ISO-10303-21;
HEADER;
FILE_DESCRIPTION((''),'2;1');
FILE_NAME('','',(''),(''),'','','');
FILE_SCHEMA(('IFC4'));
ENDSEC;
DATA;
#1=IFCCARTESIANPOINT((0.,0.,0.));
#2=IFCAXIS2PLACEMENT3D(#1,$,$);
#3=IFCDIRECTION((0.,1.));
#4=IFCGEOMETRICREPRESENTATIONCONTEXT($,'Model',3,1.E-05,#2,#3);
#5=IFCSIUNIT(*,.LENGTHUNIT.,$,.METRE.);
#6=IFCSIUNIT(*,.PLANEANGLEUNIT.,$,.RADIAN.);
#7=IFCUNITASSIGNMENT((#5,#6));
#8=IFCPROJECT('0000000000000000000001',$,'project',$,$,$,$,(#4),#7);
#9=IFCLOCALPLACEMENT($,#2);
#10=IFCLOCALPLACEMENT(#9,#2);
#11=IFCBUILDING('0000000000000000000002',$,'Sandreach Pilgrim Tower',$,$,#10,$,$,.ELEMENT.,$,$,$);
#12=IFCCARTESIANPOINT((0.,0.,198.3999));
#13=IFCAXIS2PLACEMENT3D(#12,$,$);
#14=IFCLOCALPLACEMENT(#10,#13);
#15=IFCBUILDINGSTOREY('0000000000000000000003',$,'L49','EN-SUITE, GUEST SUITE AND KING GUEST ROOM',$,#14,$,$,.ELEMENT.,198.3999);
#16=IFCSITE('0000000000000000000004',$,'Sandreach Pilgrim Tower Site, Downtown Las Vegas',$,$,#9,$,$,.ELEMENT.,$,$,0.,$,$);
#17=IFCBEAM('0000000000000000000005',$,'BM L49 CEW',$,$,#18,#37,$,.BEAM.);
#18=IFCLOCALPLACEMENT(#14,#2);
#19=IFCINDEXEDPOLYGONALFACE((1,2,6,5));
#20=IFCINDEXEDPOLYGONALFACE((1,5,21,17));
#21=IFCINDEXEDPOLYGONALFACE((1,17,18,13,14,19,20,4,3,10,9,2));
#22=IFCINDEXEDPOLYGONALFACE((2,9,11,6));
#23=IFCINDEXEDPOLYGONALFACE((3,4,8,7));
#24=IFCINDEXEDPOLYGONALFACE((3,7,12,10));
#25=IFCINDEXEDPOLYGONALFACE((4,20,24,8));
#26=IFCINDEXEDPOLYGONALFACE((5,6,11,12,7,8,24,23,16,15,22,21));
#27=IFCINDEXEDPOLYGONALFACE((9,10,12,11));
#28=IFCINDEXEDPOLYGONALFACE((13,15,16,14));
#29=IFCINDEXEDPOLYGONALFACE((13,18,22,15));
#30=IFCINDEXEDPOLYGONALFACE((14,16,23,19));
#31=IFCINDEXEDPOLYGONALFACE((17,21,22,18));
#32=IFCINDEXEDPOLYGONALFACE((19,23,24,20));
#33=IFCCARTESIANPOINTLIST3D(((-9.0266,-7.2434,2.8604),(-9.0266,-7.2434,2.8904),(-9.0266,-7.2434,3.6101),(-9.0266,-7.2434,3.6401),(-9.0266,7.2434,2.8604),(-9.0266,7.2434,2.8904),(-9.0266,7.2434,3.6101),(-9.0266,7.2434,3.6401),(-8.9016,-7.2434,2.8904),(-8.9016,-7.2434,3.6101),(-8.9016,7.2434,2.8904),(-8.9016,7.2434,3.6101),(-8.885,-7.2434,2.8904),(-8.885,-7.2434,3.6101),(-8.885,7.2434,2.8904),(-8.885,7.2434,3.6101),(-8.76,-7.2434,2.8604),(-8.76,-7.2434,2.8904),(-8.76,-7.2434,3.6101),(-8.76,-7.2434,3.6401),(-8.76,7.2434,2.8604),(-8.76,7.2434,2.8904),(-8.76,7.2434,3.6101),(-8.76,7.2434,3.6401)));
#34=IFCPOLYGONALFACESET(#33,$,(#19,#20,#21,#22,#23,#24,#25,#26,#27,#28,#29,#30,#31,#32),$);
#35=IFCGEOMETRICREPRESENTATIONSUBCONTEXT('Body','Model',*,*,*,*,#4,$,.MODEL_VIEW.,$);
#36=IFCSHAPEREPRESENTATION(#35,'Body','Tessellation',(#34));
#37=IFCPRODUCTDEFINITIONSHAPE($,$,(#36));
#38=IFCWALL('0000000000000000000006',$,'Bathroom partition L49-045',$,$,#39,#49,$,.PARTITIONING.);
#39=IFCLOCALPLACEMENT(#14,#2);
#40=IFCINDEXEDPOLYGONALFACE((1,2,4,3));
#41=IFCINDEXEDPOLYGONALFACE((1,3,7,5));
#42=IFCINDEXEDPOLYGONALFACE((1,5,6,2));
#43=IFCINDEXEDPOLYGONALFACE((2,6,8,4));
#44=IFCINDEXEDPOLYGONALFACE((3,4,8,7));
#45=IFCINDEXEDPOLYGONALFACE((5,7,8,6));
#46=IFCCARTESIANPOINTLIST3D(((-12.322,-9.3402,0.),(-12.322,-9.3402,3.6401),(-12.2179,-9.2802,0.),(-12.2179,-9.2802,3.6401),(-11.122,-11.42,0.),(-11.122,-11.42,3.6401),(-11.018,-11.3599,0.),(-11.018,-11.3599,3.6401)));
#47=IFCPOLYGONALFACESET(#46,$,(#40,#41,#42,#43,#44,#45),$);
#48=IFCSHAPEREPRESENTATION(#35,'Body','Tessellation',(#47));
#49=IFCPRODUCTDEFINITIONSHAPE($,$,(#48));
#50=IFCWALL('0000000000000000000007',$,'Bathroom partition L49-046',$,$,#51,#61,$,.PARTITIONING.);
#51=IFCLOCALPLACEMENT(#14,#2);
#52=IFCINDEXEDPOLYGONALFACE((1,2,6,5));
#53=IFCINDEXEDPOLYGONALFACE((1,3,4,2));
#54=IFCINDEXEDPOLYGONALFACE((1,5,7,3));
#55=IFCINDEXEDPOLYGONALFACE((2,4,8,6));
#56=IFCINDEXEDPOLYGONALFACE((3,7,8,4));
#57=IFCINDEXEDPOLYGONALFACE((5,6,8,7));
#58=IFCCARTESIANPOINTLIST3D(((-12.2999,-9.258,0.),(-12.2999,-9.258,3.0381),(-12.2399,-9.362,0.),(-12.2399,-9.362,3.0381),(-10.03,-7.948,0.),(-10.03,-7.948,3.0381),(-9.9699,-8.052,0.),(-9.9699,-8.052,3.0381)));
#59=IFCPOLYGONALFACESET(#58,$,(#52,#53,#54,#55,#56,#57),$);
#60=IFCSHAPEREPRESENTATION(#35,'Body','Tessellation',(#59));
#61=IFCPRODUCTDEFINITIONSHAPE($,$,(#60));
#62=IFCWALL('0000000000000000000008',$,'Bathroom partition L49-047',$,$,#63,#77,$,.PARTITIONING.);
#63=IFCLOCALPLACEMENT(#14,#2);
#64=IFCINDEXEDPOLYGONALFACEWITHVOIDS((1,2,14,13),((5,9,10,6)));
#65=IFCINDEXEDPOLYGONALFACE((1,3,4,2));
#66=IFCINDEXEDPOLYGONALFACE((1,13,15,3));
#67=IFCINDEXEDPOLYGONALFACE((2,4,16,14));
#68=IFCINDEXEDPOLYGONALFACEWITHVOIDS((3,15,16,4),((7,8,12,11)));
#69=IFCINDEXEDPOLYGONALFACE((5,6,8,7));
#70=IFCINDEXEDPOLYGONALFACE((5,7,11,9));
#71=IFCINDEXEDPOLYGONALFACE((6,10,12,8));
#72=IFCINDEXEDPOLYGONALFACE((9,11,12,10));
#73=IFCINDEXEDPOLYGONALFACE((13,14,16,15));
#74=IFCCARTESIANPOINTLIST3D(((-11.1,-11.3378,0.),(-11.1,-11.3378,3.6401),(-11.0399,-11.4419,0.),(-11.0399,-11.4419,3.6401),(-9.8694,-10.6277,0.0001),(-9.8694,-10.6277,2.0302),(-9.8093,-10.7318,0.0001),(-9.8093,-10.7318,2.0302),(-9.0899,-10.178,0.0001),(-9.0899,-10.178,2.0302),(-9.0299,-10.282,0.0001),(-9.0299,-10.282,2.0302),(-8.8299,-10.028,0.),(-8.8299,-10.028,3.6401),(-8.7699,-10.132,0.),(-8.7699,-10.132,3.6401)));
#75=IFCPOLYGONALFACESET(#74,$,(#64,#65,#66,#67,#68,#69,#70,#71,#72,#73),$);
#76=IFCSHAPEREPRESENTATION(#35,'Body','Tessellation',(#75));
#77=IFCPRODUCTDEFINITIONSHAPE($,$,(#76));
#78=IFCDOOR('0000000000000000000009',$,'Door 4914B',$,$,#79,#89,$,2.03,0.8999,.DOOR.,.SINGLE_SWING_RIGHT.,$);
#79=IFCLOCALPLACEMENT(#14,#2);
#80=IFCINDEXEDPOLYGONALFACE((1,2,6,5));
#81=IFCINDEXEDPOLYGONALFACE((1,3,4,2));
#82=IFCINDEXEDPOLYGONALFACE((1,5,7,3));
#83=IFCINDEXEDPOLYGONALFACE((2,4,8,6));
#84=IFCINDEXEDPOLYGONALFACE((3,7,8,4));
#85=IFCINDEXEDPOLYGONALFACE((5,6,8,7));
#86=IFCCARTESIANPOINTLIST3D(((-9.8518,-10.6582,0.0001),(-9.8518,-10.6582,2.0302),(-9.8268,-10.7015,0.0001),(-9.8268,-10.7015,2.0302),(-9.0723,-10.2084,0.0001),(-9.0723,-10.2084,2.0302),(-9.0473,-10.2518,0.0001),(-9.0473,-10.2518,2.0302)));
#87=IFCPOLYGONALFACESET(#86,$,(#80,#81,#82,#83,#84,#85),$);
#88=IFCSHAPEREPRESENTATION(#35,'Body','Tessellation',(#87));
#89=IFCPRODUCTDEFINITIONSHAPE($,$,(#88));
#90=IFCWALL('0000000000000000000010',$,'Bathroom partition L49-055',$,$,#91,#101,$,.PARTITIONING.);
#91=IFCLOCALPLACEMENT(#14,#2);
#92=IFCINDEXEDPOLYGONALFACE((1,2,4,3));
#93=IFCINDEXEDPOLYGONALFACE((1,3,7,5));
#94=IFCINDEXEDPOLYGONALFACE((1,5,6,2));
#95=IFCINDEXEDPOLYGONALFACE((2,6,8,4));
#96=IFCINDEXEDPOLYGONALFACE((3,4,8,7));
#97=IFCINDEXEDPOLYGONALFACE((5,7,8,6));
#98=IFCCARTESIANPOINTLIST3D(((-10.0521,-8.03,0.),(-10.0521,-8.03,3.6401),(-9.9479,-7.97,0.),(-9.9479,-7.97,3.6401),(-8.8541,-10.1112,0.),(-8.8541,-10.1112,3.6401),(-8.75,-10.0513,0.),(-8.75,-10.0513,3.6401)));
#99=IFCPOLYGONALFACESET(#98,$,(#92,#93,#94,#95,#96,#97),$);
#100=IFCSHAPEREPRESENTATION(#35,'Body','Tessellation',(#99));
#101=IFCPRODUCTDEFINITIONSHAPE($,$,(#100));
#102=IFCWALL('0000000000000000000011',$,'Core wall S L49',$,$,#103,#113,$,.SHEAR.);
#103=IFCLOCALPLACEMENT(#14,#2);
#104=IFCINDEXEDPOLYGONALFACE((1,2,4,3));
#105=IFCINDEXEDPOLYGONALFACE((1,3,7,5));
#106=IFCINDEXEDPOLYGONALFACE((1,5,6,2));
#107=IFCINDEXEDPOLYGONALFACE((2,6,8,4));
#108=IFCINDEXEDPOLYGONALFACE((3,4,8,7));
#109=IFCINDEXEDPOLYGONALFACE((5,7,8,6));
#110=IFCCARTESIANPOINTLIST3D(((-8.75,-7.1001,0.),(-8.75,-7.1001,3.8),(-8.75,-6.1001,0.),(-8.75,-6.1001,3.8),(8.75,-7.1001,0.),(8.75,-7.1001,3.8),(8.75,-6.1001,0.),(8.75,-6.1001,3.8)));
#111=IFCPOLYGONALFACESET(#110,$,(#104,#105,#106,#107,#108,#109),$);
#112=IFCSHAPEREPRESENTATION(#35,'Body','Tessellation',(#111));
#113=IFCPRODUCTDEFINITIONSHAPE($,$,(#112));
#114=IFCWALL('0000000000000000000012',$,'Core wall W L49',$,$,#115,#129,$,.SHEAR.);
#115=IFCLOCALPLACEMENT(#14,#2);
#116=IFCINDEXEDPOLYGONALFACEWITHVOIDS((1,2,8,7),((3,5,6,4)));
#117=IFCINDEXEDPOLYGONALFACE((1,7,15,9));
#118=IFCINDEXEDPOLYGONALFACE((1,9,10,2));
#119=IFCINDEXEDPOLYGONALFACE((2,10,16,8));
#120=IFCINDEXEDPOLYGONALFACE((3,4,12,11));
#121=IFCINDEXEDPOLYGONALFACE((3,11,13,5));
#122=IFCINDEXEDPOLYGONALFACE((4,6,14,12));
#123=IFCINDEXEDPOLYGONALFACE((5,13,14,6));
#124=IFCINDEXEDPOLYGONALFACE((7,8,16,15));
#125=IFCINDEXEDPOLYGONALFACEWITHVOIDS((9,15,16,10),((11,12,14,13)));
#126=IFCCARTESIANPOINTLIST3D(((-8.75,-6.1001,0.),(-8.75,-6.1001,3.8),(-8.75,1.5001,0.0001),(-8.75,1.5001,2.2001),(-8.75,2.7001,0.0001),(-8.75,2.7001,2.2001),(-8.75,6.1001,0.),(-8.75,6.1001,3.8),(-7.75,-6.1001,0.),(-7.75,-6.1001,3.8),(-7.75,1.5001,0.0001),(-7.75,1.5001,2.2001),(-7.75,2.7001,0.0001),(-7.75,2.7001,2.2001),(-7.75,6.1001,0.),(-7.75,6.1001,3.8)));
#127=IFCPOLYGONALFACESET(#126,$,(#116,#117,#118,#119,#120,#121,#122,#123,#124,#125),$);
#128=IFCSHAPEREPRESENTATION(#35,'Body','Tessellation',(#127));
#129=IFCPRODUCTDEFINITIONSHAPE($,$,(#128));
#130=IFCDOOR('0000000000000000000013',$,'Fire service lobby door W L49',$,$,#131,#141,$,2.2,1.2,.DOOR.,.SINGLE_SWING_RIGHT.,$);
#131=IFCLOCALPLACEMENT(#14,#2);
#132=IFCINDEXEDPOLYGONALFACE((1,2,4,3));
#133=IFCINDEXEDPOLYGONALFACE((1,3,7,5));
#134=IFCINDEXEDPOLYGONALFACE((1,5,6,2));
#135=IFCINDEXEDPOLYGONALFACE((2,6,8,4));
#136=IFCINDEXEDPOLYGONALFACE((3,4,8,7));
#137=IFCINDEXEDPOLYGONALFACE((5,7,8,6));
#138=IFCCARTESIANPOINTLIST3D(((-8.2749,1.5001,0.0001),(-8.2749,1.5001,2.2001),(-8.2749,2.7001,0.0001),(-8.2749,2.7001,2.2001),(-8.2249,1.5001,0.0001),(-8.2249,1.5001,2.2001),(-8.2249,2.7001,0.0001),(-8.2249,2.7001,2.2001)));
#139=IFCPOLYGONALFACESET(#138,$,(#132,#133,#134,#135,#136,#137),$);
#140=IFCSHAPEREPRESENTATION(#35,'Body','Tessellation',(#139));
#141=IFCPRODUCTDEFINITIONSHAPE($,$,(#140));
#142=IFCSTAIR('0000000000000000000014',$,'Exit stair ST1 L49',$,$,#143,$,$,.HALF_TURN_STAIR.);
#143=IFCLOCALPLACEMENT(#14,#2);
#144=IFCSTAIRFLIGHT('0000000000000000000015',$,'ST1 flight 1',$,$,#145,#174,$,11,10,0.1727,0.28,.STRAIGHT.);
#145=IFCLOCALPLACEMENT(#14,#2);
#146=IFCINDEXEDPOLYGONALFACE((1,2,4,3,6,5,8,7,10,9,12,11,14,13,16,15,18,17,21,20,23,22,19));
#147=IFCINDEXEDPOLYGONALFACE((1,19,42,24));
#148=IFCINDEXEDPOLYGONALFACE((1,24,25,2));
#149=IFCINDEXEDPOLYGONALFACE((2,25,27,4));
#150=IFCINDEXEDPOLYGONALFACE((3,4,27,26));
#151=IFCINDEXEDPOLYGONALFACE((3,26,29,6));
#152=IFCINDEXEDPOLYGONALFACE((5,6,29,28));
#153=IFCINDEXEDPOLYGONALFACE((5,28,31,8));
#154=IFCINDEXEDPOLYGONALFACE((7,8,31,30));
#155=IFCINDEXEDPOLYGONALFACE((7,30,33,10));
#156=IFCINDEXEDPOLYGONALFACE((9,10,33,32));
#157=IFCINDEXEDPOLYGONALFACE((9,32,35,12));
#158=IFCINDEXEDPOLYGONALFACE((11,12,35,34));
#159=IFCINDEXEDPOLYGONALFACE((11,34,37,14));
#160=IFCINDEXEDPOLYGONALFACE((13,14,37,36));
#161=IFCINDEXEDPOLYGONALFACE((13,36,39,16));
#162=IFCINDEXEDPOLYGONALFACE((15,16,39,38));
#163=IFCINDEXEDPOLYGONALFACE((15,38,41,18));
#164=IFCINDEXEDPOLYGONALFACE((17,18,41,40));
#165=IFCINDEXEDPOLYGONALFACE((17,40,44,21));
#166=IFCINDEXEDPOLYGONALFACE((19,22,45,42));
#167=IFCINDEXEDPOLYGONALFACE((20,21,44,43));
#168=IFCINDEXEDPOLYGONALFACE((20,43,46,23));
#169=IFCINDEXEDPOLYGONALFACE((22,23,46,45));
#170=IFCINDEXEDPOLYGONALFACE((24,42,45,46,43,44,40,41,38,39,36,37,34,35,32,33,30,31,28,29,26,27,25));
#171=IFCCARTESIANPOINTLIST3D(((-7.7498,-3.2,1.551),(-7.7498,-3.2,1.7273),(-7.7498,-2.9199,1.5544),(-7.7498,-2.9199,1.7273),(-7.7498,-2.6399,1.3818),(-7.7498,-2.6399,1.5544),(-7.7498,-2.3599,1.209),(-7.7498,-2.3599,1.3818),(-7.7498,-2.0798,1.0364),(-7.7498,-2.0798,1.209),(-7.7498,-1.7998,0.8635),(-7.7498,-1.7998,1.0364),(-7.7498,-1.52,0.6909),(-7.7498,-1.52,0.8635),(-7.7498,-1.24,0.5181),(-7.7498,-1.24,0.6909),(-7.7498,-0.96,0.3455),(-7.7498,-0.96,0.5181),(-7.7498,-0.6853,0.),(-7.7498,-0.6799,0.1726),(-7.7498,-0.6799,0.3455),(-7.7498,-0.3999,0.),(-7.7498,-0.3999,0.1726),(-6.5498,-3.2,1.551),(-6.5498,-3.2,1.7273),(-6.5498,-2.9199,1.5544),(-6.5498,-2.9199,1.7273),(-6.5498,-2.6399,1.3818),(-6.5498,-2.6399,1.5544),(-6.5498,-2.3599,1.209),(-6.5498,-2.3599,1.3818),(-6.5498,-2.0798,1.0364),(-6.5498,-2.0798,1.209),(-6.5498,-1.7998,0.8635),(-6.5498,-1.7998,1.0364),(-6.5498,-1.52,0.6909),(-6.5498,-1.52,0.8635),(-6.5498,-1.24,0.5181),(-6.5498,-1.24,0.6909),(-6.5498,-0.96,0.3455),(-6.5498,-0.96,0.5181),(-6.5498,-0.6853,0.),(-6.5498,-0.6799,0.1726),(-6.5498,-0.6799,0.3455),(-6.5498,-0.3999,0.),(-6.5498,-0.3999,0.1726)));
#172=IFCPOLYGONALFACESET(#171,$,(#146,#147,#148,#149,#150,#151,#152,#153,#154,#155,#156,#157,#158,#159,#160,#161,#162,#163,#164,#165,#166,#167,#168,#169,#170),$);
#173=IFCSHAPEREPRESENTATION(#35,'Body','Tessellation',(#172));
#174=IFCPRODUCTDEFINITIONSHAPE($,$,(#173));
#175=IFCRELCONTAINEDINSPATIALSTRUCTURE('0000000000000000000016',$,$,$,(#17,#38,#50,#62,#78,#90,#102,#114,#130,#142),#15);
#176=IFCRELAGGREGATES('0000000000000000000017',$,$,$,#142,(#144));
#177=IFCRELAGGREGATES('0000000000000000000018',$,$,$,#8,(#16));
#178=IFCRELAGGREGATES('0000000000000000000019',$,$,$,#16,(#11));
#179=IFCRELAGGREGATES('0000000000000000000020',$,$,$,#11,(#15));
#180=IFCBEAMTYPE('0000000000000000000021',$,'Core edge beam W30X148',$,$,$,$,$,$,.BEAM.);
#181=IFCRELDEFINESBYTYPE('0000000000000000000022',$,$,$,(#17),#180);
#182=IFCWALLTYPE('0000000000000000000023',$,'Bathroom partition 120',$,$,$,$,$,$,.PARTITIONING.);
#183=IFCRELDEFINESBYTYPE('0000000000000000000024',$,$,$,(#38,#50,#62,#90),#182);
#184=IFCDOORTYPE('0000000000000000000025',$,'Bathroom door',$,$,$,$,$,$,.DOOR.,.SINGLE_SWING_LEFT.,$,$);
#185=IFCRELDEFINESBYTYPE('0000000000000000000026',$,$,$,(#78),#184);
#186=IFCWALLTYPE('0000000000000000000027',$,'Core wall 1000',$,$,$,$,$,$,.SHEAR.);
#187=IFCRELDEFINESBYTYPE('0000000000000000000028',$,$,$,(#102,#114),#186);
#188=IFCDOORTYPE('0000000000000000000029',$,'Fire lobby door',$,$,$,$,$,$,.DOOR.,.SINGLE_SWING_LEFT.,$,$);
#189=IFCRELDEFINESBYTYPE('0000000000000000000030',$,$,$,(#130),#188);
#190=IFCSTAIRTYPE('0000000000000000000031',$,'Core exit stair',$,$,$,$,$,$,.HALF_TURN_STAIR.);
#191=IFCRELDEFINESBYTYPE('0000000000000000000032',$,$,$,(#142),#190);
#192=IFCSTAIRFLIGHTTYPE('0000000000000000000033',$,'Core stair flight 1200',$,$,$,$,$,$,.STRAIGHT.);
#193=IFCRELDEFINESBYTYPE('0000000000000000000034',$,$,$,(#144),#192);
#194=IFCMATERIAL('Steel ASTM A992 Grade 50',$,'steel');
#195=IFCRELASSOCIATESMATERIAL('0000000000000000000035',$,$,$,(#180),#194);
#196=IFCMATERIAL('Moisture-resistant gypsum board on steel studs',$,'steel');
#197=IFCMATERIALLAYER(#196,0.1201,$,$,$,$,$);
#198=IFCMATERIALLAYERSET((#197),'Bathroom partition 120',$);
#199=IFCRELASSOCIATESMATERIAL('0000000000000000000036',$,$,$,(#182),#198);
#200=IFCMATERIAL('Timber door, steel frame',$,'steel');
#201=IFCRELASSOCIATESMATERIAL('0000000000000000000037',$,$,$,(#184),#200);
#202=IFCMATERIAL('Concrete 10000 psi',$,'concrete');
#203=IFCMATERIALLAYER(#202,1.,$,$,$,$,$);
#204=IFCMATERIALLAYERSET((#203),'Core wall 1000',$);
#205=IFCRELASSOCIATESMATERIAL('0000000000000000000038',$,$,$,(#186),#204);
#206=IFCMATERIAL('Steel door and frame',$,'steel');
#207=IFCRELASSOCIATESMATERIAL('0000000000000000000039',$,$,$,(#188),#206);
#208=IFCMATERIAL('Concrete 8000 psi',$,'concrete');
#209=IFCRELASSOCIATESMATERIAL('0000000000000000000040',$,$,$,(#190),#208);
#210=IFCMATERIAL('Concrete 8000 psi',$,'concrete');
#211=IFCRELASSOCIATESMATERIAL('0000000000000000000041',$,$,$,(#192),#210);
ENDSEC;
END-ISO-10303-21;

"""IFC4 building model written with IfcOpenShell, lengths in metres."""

from ifc_helpers import new_model, si_unit, direction, frame, frame_2d, origin, origin_2d, place, context, subcontext, project, spatial, polyline, rectangle, i_section, outline, extrude, material, layer, layer_set, material_profile, profile_set, type_object, element, fill, aggregate, save


model = new_model("IFC4")

# Units and contexts
model_context = context("Model", 3, precision=1e-05, world=origin(), true_north=direction((0.0, 1.0)))
body_context = subcontext(model_context, "Body", "Model", "MODEL_VIEW")
ifc_project = project(units=[si_unit("LENGTHUNIT", "METRE"), si_unit("PLANEANGLEUNIT", "RADIAN")], contexts=[model_context])

# Site, building, storey
site_placement = place(None, origin())
site = spatial("IfcSite", under=ifc_project, at=site_placement, Name="Sandreach Pilgrim Tower Site, Downtown Las Vegas", CompositionType="ELEMENT", RefElevation=0.0)
building_placement = place(site_placement, origin())
building = spatial("IfcBuilding", under=site, at=building_placement, Name="Sandreach Pilgrim Tower", CompositionType="ELEMENT")
storey_placement = place(building_placement, frame((0.0, 0.0, 198.3999)))
storey = spatial("IfcBuildingStorey", under=building, at=storey_placement, Name="L49", Description="EN-SUITE, GUEST SUITE AND KING GUEST ROOM", CompositionType="ELEMENT", Elevation=198.3999)

# Beam
ifc_material_1 = material(Name="Steel ASTM A992 Grade 50", Category="steel")
ifc_material_profile = material_profile(ifc_material_1, i_section(OverallWidth=0.2666, OverallDepth=0.7798, WebThickness=0.0166, FlangeThickness=0.03, at=origin_2d()), Name="W30X148")
ifc_profile_set = profile_set([ifc_material_profile], Name="Steel ASTM A992 Grade 50")
beam_type = type_object("IfcBeamType", Name="Core edge beam W30X148", PredefinedType="BEAM", material=ifc_profile_set)
beam_placement = place(storey_placement, frame((-8.8933, -7.2434, 3.2502), z_axis=(0.0, 1.0, 0.0), x_axis=(-1.0, 0.0, 0.0)))
element("IfcBeam", 1, at=beam_placement, inside=storey, type_object=beam_type, Name="BM L49 CEW", PredefinedType="BEAM", context=body_context, shape_type="SweptSolid", body=[
    extrude(i_section(OverallWidth=0.2666, OverallDepth=0.7798, WebThickness=0.0166, FlangeThickness=0.03, at=origin_2d()), origin(), (0.0, 0.0, 1.0), 14.4868),
])

# Walls
ifc_material_2 = material(Name="Moisture-resistant gypsum board on steel studs", Category="steel")
ifc_layer_1 = layer(ifc_material_2, 0.1201)
ifc_layer_set_1 = layer_set([ifc_layer_1], Name="Bathroom partition 120")
wall_type_1 = type_object("IfcWallType", Name="Bathroom partition 120", PredefinedType="PARTITIONING", material=ifc_layer_set_1)
wall_1_placement = place(storey_placement, frame((-12.27, -9.3101, 0.0), z_axis=(0.0, 0.0, 1.0), x_axis=(0.499737, -0.866177, 0.0)))
element("IfcWall", 2, at=wall_1_placement, inside=storey, type_object=wall_type_1, Name="Bathroom partition L49-045", PredefinedType="PARTITIONING", context=body_context, shape_type="SweptSolid", body=[
    extrude(rectangle(XDim=2.4011, YDim=0.1201, at=frame_2d((1.2007, 0.0))), origin(), (0.0, 0.0, 1.0), 3.6401),
])
wall_2_placement = place(storey_placement, frame((-12.27, -9.3101, 0.0), z_axis=(0.0, 0.0, 1.0), x_axis=(0.866114, 0.499846, 0.0)))
element("IfcWall", 3, at=wall_2_placement, inside=storey, type_object=wall_type_1, Name="Bathroom partition L49-046", PredefinedType="PARTITIONING", context=body_context, shape_type="SweptSolid", body=[
    extrude(rectangle(XDim=2.6208, YDim=0.1201, at=frame_2d((1.3105, 0.0))), origin(), (0.0, 0.0, 1.0), 3.0381),
])

# Wall, opening, door
wall_3_placement = place(storey_placement, frame((-11.0701, -11.3899, 0.0), z_axis=(0.0, 0.0, 1.0), x_axis=(0.866155, 0.499776, 0.0)))
wall_3 = element("IfcWall", 4, at=wall_3_placement, inside=storey, type_object=wall_type_1, Name="Bathroom partition L49-047", PredefinedType="PARTITIONING", context=body_context, shape_type="SweptSolid", body=[
    extrude(rectangle(XDim=2.6208, YDim=0.1201, at=frame_2d((1.3105, 0.0))), origin(), (0.0, 0.0, 1.0), 3.6401),
])
opening_1_placement = place(wall_3_placement, frame((1.4209, 0.0, 0.0)))
opening_1 = element("IfcOpeningElement", 5, at=opening_1_placement, cuts=wall_3, PredefinedType="OPENING", context=body_context, shape_type="SweptSolid", body=[
    extrude(rectangle(XDim=0.8999, YDim=2.03, at=frame_2d((0.45, 1.0151))), frame((0.0, 0.0601, 0.0), z_axis=(0.0, -1.0, 0.0), x_axis=(1.0, 0.0, 0.0)), (0.0, 0.0, 1.0), 0.1201),
])
ifc_material_3 = material(Name="Timber door, steel frame", Category="steel")
door_type_1 = type_object("IfcDoorType", Name="Bathroom door", OperationType="SINGLE_SWING_LEFT", PredefinedType="DOOR", material=ifc_material_3)
door_1_placement = place(opening_1_placement, origin())
door_1 = element("IfcDoor", 6, at=door_1_placement, inside=storey, type_object=door_type_1, Name="Door 4914B", OperationType="SINGLE_SWING_RIGHT", OverallHeight=2.03, OverallWidth=0.8999, PredefinedType="DOOR", context=body_context, shape_type="SweptSolid", body=[
    extrude(rectangle(XDim=0.8999, YDim=2.03, at=frame_2d((0.45, 1.0151))), frame((0.0, 0.0249, 0.0), z_axis=(0.0, -1.0, 0.0), x_axis=(1.0, 0.0, 0.0)), (0.0, 0.0, 1.0), 0.05),
])
fill(opening_1, door_1)

# Wall
wall_4_placement = place(storey_placement, frame((-10.0, -8.0, 0.0), z_axis=(0.0, 0.0, 1.0), x_axis=(0.498863, -0.866681, 0.0)))
element("IfcWall", 7, at=wall_4_placement, inside=storey, type_object=wall_type_1, Name="Bathroom partition L49-055", PredefinedType="PARTITIONING", context=body_context, shape_type="SweptSolid", body=[
    extrude(rectangle(XDim=2.4014, YDim=0.1201, at=frame_2d((1.2007, 0.0))), origin(), (0.0, 0.0, 1.0), 3.6401),
])

# Wall
ifc_material_4 = material(Name="Concrete 10000 psi", Category="concrete")
ifc_layer_2 = layer(ifc_material_4, 1.0)
ifc_layer_set_2 = layer_set([ifc_layer_2], Name="Core wall 1000")
wall_type_2 = type_object("IfcWallType", Name="Core wall 1000", PredefinedType="SHEAR", material=ifc_layer_set_2)
wall_5_placement = place(storey_placement, frame((-8.75, -6.6001, 0.0), z_axis=(0.0, 0.0, 1.0), x_axis=(1.0, 0.0, 0.0)))
element("IfcWall", 8, at=wall_5_placement, inside=storey, type_object=wall_type_2, Name="Core wall S L49", PredefinedType="SHEAR", context=body_context, shape_type="SweptSolid", body=[
    extrude(rectangle(XDim=17.5, YDim=1.0, at=frame_2d((8.75, 0.0))), origin(), (0.0, 0.0, 1.0), 3.8),
])

# Wall, opening, door
wall_6_placement = place(storey_placement, frame((-8.25, -6.1001, 0.0), z_axis=(0.0, 0.0, 1.0), x_axis=(0.0, 1.0, 0.0)))
wall_6 = element("IfcWall", 9, at=wall_6_placement, inside=storey, type_object=wall_type_2, Name="Core wall W L49", PredefinedType="SHEAR", context=body_context, shape_type="SweptSolid", body=[
    extrude(rectangle(XDim=12.2002, YDim=1.0, at=frame_2d((6.1001, 0.0))), origin(), (0.0, 0.0, 1.0), 3.8),
])
opening_2_placement = place(wall_6_placement, frame((7.6001, 0.0, 0.0)))
opening_2 = element("IfcOpeningElement", 10, at=opening_2_placement, cuts=wall_6, PredefinedType="OPENING", context=body_context, shape_type="SweptSolid", body=[
    extrude(rectangle(XDim=1.2, YDim=2.2, at=frame_2d((0.6001, 1.1001))), frame((0.0, 0.5, 0.0), z_axis=(0.0, -1.0, 0.0), x_axis=(1.0, 0.0, 0.0)), (0.0, 0.0, 1.0), 1.0),
])
ifc_material_5 = material(Name="Steel door and frame", Category="steel")
door_type_2 = type_object("IfcDoorType", Name="Fire lobby door", OperationType="SINGLE_SWING_LEFT", PredefinedType="DOOR", material=ifc_material_5)
door_2_placement = place(opening_2_placement, origin())
door_2 = element("IfcDoor", 11, at=door_2_placement, inside=storey, type_object=door_type_2, Name="Fire service lobby door W L49", OperationType="SINGLE_SWING_RIGHT", OverallHeight=2.2, OverallWidth=1.2, PredefinedType="DOOR", context=body_context, shape_type="SweptSolid", body=[
    extrude(rectangle(XDim=1.2, YDim=2.2, at=frame_2d((0.6001, 1.1001))), frame((0.0, 0.0249, 0.0), z_axis=(0.0, -1.0, 0.0), x_axis=(1.0, 0.0, 0.0)), (0.0, 0.0, 1.0), 0.05),
])
fill(opening_2, door_2)

# Stair, stair flight
ifc_material_6 = material(Name="Concrete 8000 psi", Category="concrete")
stair_type = type_object("IfcStairType", Name="Core exit stair", PredefinedType="HALF_TURN_STAIR", material=ifc_material_6)
stair_placement = place(storey_placement, origin())
stair = element("IfcStair", 12, at=stair_placement, inside=storey, type_object=stair_type, Name="Exit stair ST1 L49", PredefinedType="HALF_TURN_STAIR")
ifc_material_7 = material(Name="Concrete 8000 psi", Category="concrete")
stair_flight_type = type_object("IfcStairFlightType", Name="Core stair flight 1200", PredefinedType="STRAIGHT", material=ifc_material_7)
stair_flight_1_placement = place(storey_placement, frame((-7.1499, -0.3999, 0.0), z_axis=(0.0, 0.0, 1.0), x_axis=(0.0, -1.0, 0.0)))
stair_flight_1 = element("IfcStairFlight", 13, at=stair_flight_1_placement, type_object=stair_flight_type, Name="ST1 flight 1", NumberOfRisers=11, NumberOfTreads=10, PredefinedType="STRAIGHT", RiserHeight=0.1727, TreadLength=0.28, context=body_context, shape_type="SweptSolid", body=[
    extrude(outline(polyline([(0.0, 0.0), (0.0, 0.1726), (0.28, 0.1726), (0.28, 0.3455), (0.5601, 0.3455), (0.5601, 0.5181), (0.8401, 0.5181), (0.8401, 0.6909), (1.1201, 0.6909), (1.1201, 0.8635), (1.3999, 0.8635), (1.3999, 1.0364), (1.6799, 1.0364), (1.6799, 1.209), (1.96, 1.209), (1.96, 1.3818), (2.24, 1.3818), (2.24, 1.5544), (2.52, 1.5544), (2.52, 1.7273), (2.8, 1.7273), (2.8, 1.8999), (2.8, 1.551), (0.2854, 0.0), (0.0, 0.0)])), frame((0.0, 0.6001, 0.0), z_axis=(0.0, -1.0, 0.0), x_axis=(1.0, 0.0, 0.0)), (0.0, 0.0, 1.0), 1.2),
])
aggregate(stair, [stair_flight_1])

save(model, "model.ifc")
